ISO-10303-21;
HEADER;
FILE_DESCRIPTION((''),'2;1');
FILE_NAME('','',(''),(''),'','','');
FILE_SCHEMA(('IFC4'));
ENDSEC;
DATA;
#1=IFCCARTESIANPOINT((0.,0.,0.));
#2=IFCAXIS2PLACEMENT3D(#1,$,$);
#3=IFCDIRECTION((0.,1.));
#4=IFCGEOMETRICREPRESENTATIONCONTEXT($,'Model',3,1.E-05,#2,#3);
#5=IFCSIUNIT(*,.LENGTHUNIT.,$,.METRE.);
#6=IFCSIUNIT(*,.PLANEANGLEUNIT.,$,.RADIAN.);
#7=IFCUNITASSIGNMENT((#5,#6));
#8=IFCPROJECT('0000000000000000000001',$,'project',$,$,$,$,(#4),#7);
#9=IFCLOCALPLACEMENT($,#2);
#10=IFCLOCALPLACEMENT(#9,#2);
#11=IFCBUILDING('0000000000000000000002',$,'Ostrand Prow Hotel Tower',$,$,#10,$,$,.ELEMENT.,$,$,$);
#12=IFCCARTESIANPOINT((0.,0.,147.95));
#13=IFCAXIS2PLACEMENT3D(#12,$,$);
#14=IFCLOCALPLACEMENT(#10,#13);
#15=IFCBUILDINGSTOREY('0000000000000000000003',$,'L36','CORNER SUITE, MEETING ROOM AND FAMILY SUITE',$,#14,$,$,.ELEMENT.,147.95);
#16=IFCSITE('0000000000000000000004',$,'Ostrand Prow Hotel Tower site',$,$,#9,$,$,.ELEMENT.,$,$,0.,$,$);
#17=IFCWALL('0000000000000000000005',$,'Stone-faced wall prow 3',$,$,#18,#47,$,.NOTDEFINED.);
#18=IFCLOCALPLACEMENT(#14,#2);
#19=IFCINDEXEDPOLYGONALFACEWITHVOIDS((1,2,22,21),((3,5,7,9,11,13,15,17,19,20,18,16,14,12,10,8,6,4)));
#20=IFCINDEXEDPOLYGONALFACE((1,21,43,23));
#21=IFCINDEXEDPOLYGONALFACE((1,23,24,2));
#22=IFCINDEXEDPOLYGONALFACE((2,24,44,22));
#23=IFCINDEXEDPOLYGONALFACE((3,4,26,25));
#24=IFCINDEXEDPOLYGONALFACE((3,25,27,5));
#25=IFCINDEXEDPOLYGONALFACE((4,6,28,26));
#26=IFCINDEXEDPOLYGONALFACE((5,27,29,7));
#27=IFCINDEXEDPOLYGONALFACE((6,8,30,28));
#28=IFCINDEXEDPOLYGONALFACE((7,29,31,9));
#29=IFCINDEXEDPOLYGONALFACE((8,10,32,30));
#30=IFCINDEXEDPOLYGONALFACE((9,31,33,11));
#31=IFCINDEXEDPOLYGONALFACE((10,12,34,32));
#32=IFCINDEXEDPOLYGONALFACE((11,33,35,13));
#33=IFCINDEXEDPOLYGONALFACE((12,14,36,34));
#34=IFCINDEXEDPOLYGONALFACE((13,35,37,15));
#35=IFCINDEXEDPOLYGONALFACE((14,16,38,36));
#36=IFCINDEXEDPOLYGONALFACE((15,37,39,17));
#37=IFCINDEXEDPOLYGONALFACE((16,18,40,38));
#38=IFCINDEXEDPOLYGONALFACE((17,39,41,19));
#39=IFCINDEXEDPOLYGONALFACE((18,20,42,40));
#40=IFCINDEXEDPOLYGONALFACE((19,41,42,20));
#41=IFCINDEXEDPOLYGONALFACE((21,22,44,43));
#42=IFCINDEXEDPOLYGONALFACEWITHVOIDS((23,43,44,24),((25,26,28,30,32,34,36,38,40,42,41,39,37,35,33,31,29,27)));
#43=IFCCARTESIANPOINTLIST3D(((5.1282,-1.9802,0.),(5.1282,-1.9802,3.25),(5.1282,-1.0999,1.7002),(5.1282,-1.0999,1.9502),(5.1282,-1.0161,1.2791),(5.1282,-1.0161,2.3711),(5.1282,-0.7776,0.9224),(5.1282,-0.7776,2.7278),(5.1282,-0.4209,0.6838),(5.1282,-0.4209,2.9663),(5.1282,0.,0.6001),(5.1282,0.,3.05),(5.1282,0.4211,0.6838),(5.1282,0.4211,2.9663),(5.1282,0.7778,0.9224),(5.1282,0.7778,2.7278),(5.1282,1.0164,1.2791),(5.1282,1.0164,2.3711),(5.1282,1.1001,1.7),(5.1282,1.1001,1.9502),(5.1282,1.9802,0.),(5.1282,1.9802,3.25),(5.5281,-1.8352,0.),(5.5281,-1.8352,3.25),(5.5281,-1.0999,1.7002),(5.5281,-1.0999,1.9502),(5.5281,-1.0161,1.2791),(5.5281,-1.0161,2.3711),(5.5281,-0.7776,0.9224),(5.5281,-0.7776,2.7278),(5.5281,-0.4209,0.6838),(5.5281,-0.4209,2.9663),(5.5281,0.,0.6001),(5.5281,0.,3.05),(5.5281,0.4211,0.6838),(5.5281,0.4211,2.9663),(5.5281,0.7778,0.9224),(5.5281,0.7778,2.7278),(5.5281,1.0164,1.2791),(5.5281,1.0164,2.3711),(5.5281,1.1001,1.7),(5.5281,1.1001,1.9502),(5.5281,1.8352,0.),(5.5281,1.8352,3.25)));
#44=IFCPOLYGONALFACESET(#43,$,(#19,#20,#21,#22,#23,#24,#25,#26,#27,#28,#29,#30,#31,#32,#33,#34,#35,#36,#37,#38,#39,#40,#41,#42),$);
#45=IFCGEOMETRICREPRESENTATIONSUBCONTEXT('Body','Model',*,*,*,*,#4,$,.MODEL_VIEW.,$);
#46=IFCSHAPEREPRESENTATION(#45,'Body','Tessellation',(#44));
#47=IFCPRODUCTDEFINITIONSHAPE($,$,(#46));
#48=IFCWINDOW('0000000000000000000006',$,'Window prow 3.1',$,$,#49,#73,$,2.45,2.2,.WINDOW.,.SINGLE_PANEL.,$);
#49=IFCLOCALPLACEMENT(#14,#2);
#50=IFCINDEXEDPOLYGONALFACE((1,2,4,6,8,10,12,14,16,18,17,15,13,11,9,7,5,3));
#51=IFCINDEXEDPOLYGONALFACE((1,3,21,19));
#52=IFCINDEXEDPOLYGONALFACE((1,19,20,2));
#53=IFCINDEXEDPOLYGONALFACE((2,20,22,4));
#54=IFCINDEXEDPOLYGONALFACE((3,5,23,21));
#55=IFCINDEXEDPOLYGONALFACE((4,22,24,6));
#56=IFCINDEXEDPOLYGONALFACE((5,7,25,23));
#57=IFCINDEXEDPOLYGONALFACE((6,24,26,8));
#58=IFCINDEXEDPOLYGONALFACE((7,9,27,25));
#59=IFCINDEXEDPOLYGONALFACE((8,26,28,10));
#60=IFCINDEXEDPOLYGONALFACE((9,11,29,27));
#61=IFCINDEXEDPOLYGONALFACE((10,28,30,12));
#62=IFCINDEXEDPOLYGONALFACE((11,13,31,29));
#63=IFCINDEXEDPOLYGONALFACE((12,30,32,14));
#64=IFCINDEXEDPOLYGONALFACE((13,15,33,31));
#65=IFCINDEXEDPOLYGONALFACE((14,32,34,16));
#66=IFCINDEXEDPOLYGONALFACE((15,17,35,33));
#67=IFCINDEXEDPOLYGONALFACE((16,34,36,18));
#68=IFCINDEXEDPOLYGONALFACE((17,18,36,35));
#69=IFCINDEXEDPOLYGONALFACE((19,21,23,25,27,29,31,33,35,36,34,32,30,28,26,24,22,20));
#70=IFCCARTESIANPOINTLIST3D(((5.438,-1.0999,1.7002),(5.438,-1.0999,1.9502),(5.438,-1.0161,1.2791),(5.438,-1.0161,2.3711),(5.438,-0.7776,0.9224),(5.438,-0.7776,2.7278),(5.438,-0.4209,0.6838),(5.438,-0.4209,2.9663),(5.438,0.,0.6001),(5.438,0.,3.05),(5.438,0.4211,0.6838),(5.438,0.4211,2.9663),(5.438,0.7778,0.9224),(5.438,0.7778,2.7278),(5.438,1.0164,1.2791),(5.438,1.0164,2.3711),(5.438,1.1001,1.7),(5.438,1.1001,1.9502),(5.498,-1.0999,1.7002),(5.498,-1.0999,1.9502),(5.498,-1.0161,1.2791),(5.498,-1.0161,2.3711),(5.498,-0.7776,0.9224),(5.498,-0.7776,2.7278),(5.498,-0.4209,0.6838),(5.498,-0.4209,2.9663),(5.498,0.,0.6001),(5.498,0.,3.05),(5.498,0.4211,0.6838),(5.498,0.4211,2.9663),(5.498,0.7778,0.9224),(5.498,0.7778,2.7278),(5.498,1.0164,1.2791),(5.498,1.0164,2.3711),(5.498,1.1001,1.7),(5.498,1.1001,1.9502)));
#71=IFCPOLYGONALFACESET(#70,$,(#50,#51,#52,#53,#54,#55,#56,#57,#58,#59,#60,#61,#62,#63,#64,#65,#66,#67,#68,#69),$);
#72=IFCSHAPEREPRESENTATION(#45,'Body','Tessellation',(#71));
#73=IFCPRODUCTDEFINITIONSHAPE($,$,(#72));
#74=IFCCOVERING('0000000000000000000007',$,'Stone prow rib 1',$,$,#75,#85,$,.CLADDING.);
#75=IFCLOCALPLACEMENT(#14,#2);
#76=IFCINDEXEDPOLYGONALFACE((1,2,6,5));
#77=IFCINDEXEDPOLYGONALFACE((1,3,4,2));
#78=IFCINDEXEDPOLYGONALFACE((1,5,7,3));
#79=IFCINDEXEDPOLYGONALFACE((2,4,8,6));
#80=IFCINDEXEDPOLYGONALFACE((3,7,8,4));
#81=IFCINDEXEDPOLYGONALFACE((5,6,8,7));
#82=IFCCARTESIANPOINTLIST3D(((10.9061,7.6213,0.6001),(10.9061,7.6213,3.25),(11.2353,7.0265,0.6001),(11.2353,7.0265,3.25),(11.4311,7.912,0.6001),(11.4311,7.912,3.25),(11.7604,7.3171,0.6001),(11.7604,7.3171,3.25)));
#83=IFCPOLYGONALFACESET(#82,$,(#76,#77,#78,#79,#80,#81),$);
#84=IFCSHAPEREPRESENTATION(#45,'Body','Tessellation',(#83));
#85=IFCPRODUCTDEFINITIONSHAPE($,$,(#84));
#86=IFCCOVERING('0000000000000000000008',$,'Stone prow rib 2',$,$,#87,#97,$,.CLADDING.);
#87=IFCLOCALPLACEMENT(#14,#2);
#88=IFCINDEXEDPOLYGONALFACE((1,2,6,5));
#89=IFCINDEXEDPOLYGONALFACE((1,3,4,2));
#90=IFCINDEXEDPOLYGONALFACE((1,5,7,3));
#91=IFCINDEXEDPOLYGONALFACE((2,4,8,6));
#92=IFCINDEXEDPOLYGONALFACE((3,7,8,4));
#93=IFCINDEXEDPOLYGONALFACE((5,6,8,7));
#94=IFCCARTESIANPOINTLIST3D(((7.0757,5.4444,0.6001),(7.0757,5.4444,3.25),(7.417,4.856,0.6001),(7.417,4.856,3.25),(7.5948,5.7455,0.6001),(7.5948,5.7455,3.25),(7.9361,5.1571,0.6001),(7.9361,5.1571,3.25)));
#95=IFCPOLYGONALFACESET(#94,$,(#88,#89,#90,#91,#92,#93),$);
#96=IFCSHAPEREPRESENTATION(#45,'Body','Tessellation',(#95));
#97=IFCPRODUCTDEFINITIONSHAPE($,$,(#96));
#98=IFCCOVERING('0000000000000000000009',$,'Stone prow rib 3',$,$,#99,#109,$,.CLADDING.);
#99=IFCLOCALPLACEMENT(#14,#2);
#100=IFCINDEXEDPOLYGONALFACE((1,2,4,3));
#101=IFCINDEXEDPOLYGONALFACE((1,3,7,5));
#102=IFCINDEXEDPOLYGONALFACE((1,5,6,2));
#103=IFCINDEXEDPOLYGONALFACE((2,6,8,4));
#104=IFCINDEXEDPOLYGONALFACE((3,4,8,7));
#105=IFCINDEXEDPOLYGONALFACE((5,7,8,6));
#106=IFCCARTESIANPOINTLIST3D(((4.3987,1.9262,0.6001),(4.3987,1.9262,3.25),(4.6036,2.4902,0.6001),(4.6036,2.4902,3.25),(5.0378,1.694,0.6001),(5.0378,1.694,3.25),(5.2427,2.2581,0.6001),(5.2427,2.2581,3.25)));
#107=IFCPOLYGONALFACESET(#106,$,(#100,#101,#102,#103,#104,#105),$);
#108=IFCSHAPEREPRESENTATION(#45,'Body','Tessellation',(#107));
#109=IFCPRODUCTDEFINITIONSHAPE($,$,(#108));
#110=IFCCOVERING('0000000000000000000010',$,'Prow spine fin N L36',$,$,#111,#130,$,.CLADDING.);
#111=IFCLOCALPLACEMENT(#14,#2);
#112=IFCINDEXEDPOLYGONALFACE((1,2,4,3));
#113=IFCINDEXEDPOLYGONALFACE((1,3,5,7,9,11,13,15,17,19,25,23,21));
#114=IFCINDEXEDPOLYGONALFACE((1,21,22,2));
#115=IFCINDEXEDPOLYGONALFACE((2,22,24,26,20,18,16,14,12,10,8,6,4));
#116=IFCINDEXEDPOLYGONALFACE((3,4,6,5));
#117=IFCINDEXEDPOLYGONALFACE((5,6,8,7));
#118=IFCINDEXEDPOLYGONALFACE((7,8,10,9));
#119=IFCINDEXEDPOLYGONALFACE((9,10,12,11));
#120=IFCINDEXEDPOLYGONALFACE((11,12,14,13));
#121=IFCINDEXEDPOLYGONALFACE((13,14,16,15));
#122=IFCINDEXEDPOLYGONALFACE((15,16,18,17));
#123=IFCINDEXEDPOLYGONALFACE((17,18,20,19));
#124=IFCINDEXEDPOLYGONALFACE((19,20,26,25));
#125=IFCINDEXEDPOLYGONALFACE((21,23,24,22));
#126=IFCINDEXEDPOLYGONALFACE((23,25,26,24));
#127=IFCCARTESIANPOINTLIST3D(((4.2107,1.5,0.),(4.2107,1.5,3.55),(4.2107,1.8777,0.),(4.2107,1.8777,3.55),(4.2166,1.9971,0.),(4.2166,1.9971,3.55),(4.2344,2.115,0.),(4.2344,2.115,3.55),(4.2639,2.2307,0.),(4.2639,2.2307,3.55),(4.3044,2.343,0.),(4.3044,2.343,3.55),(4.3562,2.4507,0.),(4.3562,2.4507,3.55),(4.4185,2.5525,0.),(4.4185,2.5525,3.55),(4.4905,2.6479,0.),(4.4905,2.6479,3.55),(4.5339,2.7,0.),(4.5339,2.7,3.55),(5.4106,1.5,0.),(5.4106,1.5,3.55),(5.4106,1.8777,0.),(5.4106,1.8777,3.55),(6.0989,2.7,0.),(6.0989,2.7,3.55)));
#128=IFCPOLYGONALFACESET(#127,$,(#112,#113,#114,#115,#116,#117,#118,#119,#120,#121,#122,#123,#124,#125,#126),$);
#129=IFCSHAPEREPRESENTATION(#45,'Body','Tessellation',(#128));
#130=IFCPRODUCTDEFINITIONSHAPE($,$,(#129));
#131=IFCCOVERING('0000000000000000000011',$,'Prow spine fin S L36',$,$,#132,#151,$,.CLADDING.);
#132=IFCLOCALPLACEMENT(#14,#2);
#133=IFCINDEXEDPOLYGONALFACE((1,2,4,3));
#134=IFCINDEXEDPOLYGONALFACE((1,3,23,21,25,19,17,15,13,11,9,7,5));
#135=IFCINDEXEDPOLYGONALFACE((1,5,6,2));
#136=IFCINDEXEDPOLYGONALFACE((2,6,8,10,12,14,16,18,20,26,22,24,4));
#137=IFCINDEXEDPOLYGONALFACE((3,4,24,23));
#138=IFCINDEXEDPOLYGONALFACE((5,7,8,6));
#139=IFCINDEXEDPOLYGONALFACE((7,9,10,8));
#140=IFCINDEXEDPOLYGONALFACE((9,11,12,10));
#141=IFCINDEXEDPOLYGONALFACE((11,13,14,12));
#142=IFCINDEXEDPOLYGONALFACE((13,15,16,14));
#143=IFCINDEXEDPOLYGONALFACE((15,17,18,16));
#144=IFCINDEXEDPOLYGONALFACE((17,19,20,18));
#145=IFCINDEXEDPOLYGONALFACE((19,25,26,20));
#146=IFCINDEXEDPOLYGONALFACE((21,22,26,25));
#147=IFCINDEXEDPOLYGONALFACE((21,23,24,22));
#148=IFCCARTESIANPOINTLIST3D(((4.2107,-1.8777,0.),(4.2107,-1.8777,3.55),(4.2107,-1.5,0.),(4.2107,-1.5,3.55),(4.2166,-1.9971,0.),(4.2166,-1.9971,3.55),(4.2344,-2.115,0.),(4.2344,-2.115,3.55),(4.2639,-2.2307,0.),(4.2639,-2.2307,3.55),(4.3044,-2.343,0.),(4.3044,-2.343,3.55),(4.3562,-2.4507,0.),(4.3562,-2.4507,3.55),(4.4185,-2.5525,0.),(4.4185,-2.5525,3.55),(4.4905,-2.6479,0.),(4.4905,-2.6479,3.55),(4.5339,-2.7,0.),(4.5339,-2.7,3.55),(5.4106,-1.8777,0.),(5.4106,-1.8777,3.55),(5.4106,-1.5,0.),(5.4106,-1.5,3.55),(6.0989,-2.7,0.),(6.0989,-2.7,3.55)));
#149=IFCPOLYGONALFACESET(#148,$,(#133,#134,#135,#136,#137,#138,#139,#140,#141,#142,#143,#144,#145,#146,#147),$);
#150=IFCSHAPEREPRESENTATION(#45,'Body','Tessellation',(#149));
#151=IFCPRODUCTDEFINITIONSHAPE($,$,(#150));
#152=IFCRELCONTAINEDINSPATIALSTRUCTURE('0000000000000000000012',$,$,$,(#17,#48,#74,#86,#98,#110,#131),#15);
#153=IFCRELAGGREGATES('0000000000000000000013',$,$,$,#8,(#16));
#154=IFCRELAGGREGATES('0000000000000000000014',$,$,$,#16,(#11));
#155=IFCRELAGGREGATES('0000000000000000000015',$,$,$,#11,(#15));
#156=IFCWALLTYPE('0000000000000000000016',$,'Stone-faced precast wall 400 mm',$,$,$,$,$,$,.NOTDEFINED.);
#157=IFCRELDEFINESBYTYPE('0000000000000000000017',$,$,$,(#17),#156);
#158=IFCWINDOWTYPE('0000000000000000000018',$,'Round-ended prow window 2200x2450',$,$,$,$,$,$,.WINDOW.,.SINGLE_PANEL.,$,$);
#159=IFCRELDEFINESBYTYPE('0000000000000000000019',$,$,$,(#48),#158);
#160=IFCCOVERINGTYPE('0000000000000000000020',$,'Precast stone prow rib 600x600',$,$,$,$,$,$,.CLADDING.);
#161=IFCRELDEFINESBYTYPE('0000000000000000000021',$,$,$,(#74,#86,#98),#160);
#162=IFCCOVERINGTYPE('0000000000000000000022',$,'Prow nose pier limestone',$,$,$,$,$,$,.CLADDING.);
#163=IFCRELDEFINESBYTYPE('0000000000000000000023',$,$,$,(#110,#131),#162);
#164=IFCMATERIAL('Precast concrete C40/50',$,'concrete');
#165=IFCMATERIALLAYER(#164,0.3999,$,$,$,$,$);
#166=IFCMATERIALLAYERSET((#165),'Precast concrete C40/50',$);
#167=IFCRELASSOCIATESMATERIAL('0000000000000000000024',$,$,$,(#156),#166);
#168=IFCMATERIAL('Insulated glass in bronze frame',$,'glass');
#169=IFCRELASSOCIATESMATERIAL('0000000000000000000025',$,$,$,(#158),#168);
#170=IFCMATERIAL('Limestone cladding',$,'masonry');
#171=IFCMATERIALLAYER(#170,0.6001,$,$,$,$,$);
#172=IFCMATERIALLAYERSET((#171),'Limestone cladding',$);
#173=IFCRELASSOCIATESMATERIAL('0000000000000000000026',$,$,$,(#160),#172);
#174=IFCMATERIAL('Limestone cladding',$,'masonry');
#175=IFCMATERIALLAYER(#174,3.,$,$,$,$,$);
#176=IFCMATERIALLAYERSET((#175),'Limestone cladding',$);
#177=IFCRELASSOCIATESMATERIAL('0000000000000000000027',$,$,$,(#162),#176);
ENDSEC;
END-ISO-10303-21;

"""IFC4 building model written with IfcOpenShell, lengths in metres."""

from ifc_helpers import new_model, si_unit, direction, frame, frame_2d, origin, place, context, subcontext, project, spatial, polyline, rectangle, outline, extrude, material, layer, layer_set, type_object, element, fill, save


model = new_model("IFC4")

# Units and contexts
model_context = context("Model", 3, precision=1e-05, world=origin(), true_north=direction((0.0, 1.0)))
body_context = subcontext(model_context, "Body", "Model", "MODEL_VIEW")
ifc_project = project(units=[si_unit("LENGTHUNIT", "METRE"), si_unit("PLANEANGLEUNIT", "RADIAN")], contexts=[model_context])

# Site, building, storey
site_placement = place(None, origin())
site = spatial("IfcSite", under=ifc_project, at=site_placement, Name="Ostrand Prow Hotel Tower site", CompositionType="ELEMENT", RefElevation=0.0)
building_placement = place(site_placement, origin())
building = spatial("IfcBuilding", under=site, at=building_placement, Name="Ostrand Prow Hotel Tower", CompositionType="ELEMENT")
storey_placement = place(building_placement, frame((0.0, 0.0, 147.95)))
storey = spatial("IfcBuildingStorey", under=building, at=storey_placement, Name="L36", Description="CORNER SUITE, MEETING ROOM AND FAMILY SUITE", CompositionType="ELEMENT", Elevation=147.95)

# Wall, opening, window
ifc_material_1 = material(Name="Precast concrete C40/50", Category="concrete")
ifc_layer_1 = layer(ifc_material_1, 0.3999)
ifc_layer_set_1 = layer_set([ifc_layer_1], Name="Precast concrete C40/50")
wall_type_1 = type_object("IfcWallType", Name="Stone-faced precast wall 400 mm", PredefinedType="NOTDEFINED", material=ifc_layer_set_1)
ifc_material_2 = material(Name="Insulated glass in bronze frame", Category="glass")
window_type = type_object("IfcWindowType", Name="Round-ended prow window 2200x2450", PartitioningType="SINGLE_PANEL", PredefinedType="WINDOW", material=ifc_material_2)
wall_1_placement = place(storey_placement, frame((5.3281, 1.9077, 0.0), z_axis=(0.0, 0.0, 1.0), x_axis=(0.0, -1.0, 0.0)))
wall_1 = element("IfcWall", 1, at=wall_1_placement, inside=storey, type_object=wall_type_1, Name="Stone-faced wall prow 3", PredefinedType="NOTDEFINED", context=body_context, shape_type="SweptSolid", body=[
    extrude(outline(polyline([(-0.0725, -0.2), (3.8879, -0.2), (3.7429, 0.2), (0.0725, 0.2), (-0.0725, -0.2)])), origin(), (0.0, 0.0, 1.0), 3.25),
])
opening_1_placement = place(wall_1_placement, frame((0.8076, 0.0, 0.6001)))
opening_1 = element("IfcOpeningElement", 2, at=opening_1_placement, cuts=wall_1, PredefinedType="OPENING", context=body_context, shape_type="SweptSolid", body=[
    extrude(outline(polyline([(0.0, 1.3501), (0.0837, 1.771), (0.3223, 2.1277), (0.679, 2.3662), (1.1001, 2.45), (1.521, 2.3662), (1.8777, 2.1277), (2.1162, 1.771), (2.2, 1.3501), (2.2, 1.1001), (2.1162, 0.679), (1.8777, 0.3223), (1.521, 0.0837), (1.1001, 0.0), (0.679, 0.0837), (0.3223, 0.3223), (0.0837, 0.679), (0.0, 1.0999), (0.0, 1.3501)])), frame((0.0, 0.21, 0.0), z_axis=(0.0, -1.0, 0.0), x_axis=(1.0, 0.0, 0.0)), (0.0, 0.0, 1.0), 0.4199),
])
window_1_placement = place(opening_1_placement, origin())
window_1 = element("IfcWindow", 3, at=window_1_placement, inside=storey, type_object=window_type, Name="Window prow 3.1", OverallHeight=2.45, OverallWidth=2.2, PartitioningType="SINGLE_PANEL", PredefinedType="WINDOW", context=body_context, shape_type="SweptSolid", body=[
    extrude(outline(polyline([(0.0, 1.3501), (0.0837, 1.771), (0.3223, 2.1277), (0.679, 2.3662), (1.1001, 2.45), (1.521, 2.3662), (1.8777, 2.1277), (2.1162, 1.771), (2.2, 1.3501), (2.2, 1.1001), (2.1162, 0.679), (1.8777, 0.3223), (1.521, 0.0837), (1.1001, 0.0), (0.679, 0.0837), (0.3223, 0.3223), (0.0837, 0.679), (0.0, 1.0999), (0.0, 1.3501)])), frame((0.0, 0.1699, 0.0), z_axis=(0.0, -1.0, 0.0), x_axis=(1.0, 0.0, 0.0)), (0.0, 0.0, 1.0), 0.0601),
])
fill(opening_1, window_1)

# Coverings
ifc_material_3 = material(Name="Limestone cladding", Category="masonry")
ifc_layer_2 = layer(ifc_material_3, 0.6001)
ifc_layer_set_2 = layer_set([ifc_layer_2], Name="Limestone cladding")
covering_type_1 = type_object("IfcCoveringType", Name="Precast stone prow rib 600x600", PredefinedType="CLADDING", material=ifc_layer_set_2)
covering_1_placement = place(storey_placement, frame((11.4978, 7.1719, 0.6001), z_axis=(0.0, 0.0, 1.0), x_axis=(-0.484301, 0.874901, 0.0)))
element("IfcCovering", 4, at=covering_1_placement, inside=storey, type_object=covering_type_1, Name="Stone prow rib 1", PredefinedType="CLADDING", context=body_context, shape_type="SweptSolid", body=[
    extrude(rectangle(XDim=0.6799, YDim=0.6001, at=frame_2d((0.3398, 0.0))), origin(), (0.0, 0.0, 1.0), 2.6499),
])
covering_2_placement = place(storey_placement, frame((7.6765, 5.0066, 0.6001), z_axis=(0.0, 0.0, 1.0), x_axis=(-0.501772, 0.865, 0.0)))
element("IfcCovering", 5, at=covering_2_placement, inside=storey, type_object=covering_type_1, Name="Stone prow rib 2", PredefinedType="CLADDING", context=body_context, shape_type="SweptSolid", body=[
    extrude(rectangle(XDim=0.6802, YDim=0.6001, at=frame_2d((0.3401, 0.0))), origin(), (0.0, 0.0, 1.0), 2.6499),
])
covering_3_placement = place(storey_placement, frame((5.1401, 1.9761, 0.6001), z_axis=(0.0, 0.0, 1.0), x_axis=(-0.939909, 0.341426, 0.0)))
element("IfcCovering", 6, at=covering_3_placement, inside=storey, type_object=covering_type_1, Name="Stone prow rib 3", PredefinedType="CLADDING", context=body_context, shape_type="SweptSolid", body=[
    extrude(rectangle(XDim=0.6799, YDim=0.6001, at=frame_2d((0.3398, 0.0))), origin(), (0.0, 0.0, 1.0), 2.6499),
])
ifc_material_4 = material(Name="Limestone cladding", Category="masonry")
ifc_layer_3 = layer(ifc_material_4, 3.0)
ifc_layer_set_3 = layer_set([ifc_layer_3], Name="Limestone cladding")
covering_type_2 = type_object("IfcCoveringType", Name="Prow nose pier limestone", PredefinedType="CLADDING", material=ifc_layer_set_3)
covering_4_placement = place(storey_placement, origin())
element("IfcCovering", 7, at=covering_4_placement, inside=storey, type_object=covering_type_2, Name="Prow spine fin N L36", PredefinedType="CLADDING", context=body_context, shape_type="SweptSolid", body=[
    extrude(outline(polyline([(4.2107, 1.8777), (4.2107, 1.5), (5.4106, 1.5), (5.4106, 1.8777), (6.0989, 2.7), (4.5339, 2.7), (4.4905, 2.6479), (4.4185, 2.5525), (4.3562, 2.4507), (4.3044, 2.343), (4.2639, 2.2307), (4.2344, 2.115), (4.2166, 1.9971), (4.2107, 1.8777)])), origin(), (0.0, 0.0, 1.0), 3.55),
])
covering_5_placement = place(storey_placement, origin())
element("IfcCovering", 8, at=covering_5_placement, inside=storey, type_object=covering_type_2, Name="Prow spine fin S L36", PredefinedType="CLADDING", context=body_context, shape_type="SweptSolid", body=[
    extrude(outline(polyline([(4.4905, -2.6479), (4.5339, -2.7), (6.0989, -2.7), (5.4106, -1.8777), (5.4106, -1.5), (4.2107, -1.5), (4.2107, -1.8777), (4.2166, -1.9971), (4.2344, -2.115), (4.2639, -2.2307), (4.3044, -2.343), (4.3562, -2.4507), (4.4185, -2.5525), (4.4905, -2.6479)])), origin(), (0.0, 0.0, 1.0), 3.55),
])

save(model, "model.ifc")
